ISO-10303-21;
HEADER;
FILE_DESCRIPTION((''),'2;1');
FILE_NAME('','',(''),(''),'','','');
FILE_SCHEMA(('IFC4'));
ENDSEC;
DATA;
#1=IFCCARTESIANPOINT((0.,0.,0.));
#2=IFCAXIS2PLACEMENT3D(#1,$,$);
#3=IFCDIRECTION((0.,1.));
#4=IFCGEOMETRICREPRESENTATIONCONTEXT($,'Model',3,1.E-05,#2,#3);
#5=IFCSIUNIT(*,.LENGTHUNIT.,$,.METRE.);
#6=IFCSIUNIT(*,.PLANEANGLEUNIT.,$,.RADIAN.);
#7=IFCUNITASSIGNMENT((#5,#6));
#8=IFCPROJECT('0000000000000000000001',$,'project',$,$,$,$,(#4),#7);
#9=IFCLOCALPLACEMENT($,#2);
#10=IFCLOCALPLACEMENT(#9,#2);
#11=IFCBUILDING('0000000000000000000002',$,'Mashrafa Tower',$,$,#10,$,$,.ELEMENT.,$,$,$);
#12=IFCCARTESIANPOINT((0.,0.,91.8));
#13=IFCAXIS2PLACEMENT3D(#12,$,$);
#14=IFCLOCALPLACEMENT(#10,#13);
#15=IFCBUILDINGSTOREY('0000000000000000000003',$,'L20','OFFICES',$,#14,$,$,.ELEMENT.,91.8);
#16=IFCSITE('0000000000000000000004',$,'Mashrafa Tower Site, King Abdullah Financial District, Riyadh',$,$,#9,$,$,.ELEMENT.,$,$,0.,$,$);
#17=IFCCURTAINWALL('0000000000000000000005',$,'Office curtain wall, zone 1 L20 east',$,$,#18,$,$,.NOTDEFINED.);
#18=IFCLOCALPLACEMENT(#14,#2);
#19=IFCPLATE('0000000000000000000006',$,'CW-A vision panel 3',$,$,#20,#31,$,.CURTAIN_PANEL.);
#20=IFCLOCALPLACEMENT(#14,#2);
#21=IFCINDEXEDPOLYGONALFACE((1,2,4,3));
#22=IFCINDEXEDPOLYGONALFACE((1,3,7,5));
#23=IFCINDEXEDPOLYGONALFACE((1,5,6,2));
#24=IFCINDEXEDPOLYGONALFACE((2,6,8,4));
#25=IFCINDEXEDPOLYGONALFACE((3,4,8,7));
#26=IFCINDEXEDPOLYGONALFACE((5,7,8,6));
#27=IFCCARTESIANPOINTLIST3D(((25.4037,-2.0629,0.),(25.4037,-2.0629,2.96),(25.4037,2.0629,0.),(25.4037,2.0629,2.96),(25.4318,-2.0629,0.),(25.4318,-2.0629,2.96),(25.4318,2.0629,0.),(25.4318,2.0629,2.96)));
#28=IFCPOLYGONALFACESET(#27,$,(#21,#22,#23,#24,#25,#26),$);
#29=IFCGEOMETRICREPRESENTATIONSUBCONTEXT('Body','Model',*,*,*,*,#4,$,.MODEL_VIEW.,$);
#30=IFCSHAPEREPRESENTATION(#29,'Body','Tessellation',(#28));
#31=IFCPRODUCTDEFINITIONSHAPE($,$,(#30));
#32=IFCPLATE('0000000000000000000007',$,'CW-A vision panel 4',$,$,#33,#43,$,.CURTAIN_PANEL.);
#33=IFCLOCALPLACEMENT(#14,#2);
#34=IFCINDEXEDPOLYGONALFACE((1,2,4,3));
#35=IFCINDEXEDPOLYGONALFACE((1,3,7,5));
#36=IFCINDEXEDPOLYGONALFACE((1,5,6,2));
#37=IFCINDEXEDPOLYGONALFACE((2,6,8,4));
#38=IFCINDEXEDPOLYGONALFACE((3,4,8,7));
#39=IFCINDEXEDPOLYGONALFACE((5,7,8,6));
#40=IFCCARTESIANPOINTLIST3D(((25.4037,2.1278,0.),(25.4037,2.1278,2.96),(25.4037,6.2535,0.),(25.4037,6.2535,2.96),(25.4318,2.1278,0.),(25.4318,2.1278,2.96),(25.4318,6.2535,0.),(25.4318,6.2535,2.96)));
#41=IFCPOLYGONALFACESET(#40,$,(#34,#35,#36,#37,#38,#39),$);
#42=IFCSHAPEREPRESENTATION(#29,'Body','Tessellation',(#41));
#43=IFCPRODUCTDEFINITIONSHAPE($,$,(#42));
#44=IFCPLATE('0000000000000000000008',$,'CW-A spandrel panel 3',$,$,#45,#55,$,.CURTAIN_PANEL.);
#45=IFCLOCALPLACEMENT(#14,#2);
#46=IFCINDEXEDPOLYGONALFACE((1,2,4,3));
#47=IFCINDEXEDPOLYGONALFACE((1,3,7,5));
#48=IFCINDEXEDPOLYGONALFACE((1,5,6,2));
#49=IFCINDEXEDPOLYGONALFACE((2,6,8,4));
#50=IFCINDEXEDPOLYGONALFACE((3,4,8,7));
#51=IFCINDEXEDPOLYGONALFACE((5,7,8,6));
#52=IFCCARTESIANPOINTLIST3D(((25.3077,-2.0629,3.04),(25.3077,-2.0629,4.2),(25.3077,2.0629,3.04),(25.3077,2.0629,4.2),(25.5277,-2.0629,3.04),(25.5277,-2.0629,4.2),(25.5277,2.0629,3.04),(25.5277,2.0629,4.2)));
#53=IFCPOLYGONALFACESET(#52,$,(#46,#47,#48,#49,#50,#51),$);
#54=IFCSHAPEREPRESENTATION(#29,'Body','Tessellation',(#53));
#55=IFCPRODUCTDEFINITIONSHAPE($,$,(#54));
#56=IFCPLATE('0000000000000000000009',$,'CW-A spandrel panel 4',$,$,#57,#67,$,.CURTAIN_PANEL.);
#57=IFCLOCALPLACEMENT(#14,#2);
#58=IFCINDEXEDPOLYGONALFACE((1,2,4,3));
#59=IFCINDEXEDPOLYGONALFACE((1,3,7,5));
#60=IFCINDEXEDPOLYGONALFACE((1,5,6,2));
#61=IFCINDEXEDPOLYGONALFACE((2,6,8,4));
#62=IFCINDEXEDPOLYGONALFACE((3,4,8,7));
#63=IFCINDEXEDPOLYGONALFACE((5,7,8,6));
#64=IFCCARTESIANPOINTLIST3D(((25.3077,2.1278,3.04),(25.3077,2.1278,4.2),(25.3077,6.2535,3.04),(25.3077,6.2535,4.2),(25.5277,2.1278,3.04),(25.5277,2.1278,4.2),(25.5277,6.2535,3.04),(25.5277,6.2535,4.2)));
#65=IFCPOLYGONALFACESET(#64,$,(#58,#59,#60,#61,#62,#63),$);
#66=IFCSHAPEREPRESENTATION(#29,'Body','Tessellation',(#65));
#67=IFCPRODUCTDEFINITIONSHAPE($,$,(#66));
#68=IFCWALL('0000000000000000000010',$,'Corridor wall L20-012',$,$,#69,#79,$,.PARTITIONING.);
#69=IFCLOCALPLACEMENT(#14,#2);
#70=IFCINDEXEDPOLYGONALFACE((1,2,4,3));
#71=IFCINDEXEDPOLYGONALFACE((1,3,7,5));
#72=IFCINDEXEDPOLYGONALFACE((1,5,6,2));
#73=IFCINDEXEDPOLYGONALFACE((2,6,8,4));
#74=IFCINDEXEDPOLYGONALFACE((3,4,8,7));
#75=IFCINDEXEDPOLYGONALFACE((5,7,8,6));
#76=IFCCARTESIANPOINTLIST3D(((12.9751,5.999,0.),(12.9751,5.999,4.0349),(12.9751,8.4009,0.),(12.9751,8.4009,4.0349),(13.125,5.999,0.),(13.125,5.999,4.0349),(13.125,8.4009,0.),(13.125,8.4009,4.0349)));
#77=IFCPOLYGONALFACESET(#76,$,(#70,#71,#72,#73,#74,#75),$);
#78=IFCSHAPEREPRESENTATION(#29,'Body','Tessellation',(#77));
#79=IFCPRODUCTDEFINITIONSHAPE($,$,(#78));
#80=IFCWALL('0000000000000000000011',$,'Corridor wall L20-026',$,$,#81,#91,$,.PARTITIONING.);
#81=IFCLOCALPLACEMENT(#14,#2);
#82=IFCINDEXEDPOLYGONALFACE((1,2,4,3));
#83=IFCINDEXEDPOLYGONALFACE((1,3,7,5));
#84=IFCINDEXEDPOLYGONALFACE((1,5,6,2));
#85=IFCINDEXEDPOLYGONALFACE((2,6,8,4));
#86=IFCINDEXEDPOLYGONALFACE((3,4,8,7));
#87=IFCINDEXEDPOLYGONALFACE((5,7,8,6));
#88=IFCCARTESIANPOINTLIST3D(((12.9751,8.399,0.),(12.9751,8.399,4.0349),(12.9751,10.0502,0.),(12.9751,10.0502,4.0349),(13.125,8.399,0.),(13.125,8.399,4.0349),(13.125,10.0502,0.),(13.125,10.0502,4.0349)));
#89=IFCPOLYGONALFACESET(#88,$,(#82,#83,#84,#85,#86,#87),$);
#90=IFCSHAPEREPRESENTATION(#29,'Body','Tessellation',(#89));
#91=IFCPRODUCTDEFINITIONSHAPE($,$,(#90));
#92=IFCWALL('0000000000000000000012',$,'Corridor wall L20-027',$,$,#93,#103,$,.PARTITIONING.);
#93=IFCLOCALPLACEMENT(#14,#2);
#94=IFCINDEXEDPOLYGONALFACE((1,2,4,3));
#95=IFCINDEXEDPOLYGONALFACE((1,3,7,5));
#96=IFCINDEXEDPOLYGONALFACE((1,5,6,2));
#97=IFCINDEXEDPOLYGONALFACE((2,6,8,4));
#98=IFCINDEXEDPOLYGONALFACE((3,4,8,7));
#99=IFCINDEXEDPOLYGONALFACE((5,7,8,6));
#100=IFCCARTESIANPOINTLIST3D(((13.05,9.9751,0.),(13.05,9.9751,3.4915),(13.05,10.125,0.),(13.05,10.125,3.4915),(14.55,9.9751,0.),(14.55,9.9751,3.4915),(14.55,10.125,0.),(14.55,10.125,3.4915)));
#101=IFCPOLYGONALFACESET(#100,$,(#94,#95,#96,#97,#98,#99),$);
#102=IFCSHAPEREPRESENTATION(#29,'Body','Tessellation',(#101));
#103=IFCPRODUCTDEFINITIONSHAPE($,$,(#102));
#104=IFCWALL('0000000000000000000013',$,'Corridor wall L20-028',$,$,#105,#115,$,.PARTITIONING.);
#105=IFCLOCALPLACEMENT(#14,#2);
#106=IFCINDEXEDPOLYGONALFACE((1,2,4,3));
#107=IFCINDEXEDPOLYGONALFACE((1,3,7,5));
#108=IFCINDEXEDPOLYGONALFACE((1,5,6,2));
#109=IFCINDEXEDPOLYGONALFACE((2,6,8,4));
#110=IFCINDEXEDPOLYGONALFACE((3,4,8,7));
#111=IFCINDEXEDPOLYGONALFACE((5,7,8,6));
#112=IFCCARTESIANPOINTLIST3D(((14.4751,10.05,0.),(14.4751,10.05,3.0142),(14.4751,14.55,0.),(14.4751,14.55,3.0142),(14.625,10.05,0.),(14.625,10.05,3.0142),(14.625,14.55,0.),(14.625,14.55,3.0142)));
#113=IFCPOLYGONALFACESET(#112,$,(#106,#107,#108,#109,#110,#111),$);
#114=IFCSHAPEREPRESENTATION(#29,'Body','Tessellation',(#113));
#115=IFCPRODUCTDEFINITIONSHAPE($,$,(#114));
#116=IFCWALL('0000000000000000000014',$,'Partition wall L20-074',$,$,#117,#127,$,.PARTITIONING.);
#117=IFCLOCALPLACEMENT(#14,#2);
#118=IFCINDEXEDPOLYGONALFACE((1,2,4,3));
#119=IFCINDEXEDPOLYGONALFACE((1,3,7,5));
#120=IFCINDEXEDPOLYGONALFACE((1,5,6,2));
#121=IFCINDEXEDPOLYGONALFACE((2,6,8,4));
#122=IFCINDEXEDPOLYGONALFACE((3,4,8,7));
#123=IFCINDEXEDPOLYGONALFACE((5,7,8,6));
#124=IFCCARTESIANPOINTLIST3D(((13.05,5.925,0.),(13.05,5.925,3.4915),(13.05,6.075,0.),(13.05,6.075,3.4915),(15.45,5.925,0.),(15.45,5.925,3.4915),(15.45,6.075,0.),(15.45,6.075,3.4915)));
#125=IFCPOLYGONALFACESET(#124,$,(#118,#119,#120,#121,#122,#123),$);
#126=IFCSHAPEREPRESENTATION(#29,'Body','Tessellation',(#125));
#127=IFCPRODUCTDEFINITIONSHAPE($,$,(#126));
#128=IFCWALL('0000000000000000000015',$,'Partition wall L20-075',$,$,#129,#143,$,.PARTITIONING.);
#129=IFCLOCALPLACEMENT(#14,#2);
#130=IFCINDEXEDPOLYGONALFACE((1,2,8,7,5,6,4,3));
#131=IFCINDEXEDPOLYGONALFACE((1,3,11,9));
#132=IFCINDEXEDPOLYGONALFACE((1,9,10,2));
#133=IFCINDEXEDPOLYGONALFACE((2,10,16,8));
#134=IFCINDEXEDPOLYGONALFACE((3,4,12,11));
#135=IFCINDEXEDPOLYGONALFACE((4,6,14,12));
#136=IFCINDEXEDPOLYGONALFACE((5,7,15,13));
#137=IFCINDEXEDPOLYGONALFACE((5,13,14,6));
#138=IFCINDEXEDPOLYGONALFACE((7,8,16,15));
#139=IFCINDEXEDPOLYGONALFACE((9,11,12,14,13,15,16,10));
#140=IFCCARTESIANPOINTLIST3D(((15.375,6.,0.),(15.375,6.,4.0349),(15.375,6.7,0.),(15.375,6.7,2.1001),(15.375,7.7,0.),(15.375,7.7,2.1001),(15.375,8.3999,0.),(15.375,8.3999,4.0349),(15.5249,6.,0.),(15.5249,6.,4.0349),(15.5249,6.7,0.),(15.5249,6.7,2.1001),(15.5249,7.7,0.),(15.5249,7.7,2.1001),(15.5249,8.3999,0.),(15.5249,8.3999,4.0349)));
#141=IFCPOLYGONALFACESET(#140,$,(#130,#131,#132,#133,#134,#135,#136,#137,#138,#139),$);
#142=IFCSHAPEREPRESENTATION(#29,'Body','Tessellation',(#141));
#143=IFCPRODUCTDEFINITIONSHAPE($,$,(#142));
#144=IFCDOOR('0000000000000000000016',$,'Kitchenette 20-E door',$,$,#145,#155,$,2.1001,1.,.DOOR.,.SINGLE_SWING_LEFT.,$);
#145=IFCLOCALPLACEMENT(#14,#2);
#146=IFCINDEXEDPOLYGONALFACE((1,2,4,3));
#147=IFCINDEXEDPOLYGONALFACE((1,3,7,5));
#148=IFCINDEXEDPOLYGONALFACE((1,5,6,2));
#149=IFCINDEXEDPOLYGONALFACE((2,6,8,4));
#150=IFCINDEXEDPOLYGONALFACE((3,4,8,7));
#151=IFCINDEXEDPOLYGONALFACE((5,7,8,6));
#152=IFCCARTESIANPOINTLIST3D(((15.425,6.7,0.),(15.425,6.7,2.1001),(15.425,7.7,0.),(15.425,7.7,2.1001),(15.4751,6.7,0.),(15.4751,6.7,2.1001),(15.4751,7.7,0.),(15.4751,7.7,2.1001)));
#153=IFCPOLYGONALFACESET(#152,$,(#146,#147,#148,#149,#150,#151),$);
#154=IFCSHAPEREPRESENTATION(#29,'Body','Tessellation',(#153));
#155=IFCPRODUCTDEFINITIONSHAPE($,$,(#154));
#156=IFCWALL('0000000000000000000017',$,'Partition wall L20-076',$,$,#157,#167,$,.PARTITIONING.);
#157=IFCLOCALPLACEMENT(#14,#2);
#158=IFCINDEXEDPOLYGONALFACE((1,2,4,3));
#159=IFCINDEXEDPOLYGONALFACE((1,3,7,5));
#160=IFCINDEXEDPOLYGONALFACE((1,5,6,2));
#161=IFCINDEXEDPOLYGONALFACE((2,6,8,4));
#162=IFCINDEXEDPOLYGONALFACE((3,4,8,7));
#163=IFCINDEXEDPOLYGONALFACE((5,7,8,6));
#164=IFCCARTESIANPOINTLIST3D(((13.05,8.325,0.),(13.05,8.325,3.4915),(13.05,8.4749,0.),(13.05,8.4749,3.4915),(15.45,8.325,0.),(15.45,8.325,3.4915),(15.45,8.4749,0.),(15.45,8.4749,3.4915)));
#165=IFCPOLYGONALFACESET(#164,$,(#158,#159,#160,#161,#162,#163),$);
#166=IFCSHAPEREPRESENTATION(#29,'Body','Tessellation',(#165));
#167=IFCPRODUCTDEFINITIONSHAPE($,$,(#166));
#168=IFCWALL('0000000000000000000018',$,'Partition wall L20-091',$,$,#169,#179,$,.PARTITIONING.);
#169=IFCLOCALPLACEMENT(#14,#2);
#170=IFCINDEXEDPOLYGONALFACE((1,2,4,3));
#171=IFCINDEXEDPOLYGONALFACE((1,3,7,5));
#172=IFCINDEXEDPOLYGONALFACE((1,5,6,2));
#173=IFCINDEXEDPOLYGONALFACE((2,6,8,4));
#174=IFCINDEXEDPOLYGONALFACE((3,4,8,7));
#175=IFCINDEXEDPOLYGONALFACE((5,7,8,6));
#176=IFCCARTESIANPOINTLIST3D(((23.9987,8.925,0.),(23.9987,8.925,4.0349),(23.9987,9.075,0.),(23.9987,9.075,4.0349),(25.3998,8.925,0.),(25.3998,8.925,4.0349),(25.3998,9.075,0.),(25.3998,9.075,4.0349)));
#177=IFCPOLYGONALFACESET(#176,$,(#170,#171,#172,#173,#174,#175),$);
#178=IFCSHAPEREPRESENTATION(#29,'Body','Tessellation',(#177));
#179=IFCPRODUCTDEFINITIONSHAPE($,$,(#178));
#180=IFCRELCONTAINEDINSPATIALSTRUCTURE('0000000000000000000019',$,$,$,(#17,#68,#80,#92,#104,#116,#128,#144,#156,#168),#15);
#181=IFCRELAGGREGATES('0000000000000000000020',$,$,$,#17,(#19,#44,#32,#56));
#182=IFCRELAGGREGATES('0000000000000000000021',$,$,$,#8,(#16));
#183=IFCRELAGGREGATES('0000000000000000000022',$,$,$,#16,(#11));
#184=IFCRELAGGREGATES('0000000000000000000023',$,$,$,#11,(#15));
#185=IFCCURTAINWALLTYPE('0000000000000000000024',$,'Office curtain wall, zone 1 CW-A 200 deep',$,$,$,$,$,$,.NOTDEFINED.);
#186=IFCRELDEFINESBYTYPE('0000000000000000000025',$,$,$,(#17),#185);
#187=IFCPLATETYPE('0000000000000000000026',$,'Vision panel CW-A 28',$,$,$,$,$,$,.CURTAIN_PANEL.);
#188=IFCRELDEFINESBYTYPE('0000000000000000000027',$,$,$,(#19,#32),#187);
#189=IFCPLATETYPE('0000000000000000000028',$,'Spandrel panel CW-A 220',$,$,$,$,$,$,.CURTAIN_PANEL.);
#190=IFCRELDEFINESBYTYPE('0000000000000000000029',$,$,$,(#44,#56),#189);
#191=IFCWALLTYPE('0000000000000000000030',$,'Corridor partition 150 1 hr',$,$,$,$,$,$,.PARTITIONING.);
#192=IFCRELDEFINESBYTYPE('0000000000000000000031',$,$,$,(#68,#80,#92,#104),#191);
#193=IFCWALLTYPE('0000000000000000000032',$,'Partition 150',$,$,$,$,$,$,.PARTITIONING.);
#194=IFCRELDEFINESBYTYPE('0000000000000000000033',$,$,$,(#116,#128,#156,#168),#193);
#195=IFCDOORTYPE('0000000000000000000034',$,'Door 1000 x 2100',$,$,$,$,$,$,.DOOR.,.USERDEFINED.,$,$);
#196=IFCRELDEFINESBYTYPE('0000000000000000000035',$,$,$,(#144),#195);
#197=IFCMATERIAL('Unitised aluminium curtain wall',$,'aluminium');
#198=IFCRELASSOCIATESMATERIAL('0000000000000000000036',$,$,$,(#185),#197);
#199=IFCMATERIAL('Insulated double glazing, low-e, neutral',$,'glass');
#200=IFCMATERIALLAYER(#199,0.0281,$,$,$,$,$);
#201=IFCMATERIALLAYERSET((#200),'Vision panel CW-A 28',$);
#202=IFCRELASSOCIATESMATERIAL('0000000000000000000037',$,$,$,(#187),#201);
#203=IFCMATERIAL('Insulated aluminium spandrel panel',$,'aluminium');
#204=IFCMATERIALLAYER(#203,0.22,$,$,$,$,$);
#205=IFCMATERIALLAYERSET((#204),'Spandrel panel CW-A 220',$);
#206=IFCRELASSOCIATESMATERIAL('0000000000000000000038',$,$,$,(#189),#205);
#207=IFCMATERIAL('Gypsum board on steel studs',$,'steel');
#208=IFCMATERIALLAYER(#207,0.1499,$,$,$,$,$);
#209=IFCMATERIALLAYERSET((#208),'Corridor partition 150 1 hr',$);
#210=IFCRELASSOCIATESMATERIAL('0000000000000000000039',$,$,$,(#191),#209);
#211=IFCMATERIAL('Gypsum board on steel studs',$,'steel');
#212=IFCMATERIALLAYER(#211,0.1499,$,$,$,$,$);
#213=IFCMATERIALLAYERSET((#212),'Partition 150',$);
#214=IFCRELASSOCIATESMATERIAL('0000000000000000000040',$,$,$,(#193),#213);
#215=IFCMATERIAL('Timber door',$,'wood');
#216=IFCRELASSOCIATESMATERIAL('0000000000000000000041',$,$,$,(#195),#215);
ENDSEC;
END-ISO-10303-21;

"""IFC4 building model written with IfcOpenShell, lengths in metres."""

from ifc_helpers import new_model, si_unit, direction, frame, frame_2d, origin, origin_2d, place, context, subcontext, project, spatial, rectangle, extrude, source, transform, mapped, material, layer, layer_set, type_object, element, fill, aggregate, save


model = new_model("IFC4")

# Units and contexts
model_context = context("Model", 3, precision=1e-05, world=origin(), true_north=direction((0.0, 1.0)))
body_context = subcontext(model_context, "Body", "Model", "MODEL_VIEW")
ifc_project = project(units=[si_unit("LENGTHUNIT", "METRE"), si_unit("PLANEANGLEUNIT", "RADIAN")], contexts=[model_context])

# Site, building, storey
site_placement = place(None, origin())
site = spatial("IfcSite", under=ifc_project, at=site_placement, Name="Mashrafa Tower Site, King Abdullah Financial District, Riyadh", CompositionType="ELEMENT", RefElevation=0.0)
building_placement = place(site_placement, origin())
building = spatial("IfcBuilding", under=site, at=building_placement, Name="Mashrafa Tower", CompositionType="ELEMENT")
storey_placement = place(building_placement, frame((0.0, 0.0, 91.8)))
storey = spatial("IfcBuildingStorey", under=building, at=storey_placement, Name="L20", Description="OFFICES", CompositionType="ELEMENT", Elevation=91.8)

# Curtain wall, plates
ifc_material_1 = material(Name="Unitised aluminium curtain wall", Category="aluminium")
curtain_wall_type = type_object("IfcCurtainWallType", Name="Office curtain wall, zone 1 CW-A 200 deep", PredefinedType="NOTDEFINED", material=ifc_material_1)
curtain_wall_placement = place(storey_placement, origin())
curtain_wall = element("IfcCurtainWall", 1, at=curtain_wall_placement, inside=storey, type_object=curtain_wall_type, Name="Office curtain wall, zone 1 L20 east", PredefinedType="NOTDEFINED")
ifc_material_2 = material(Name="Insulated double glazing, low-e, neutral", Category="glass")
ifc_layer_1 = layer(ifc_material_2, 0.0281)
ifc_layer_set_1 = layer_set([ifc_layer_1], Name="Vision panel CW-A 28")
plate_type_1 = type_object("IfcPlateType", Name="Vision panel CW-A 28", PredefinedType="CURTAIN_PANEL", material=ifc_layer_set_1)
ifc_material_3 = material(Name="Insulated aluminium spandrel panel", Category="aluminium")
ifc_layer_2 = layer(ifc_material_3, 0.22)
ifc_layer_set_2 = layer_set([ifc_layer_2], Name="Spandrel panel CW-A 220")
plate_type_2 = type_object("IfcPlateType", Name="Spandrel panel CW-A 220", PredefinedType="CURTAIN_PANEL", material=ifc_layer_set_2)
shared_shape_1 = source(origin(), body_context, "Body", "SweptSolid", [
    extrude(rectangle(XDim=4.1257, YDim=0.0281, at=origin_2d()), origin(), (0.0, 0.0, 1.0), 2.96),
])
plate_1_placement = place(storey_placement, frame((25.4177, 0.0, 0.0), z_axis=(0.0, 0.0, 1.0), x_axis=(0.0, 1.0, 0.0)))
plate_1 = element("IfcPlate", 2, at=plate_1_placement, type_object=plate_type_1, Name="CW-A vision panel 3", PredefinedType="CURTAIN_PANEL", context=body_context, shape_type="MappedRepresentation", body=[
    mapped(shared_shape_1, transform((0.0, 0.0, 0.0))),
])
plate_2_placement = place(storey_placement, frame((25.4177, 4.1907, 0.0), z_axis=(0.0, 0.0, 1.0), x_axis=(0.0, 1.0, 0.0)))
plate_2 = element("IfcPlate", 3, at=plate_2_placement, type_object=plate_type_1, Name="CW-A vision panel 4", PredefinedType="CURTAIN_PANEL", context=body_context, shape_type="MappedRepresentation", body=[
    mapped(shared_shape_1, transform((0.0, 0.0, 0.0))),
])
shared_shape_2 = source(origin(), body_context, "Body", "SweptSolid", [
    extrude(rectangle(XDim=4.1257, YDim=0.22, at=origin_2d()), origin(), (0.0, 0.0, 1.0), 1.1599),
])
plate_3_placement = place(storey_placement, frame((25.4177, 0.0, 3.04), z_axis=(0.0, 0.0, 1.0), x_axis=(0.0, 1.0, 0.0)))
plate_3 = element("IfcPlate", 4, at=plate_3_placement, type_object=plate_type_2, Name="CW-A spandrel panel 3", PredefinedType="CURTAIN_PANEL", context=body_context, shape_type="MappedRepresentation", body=[
    mapped(shared_shape_2, transform((0.0, 0.0, 0.0))),
])
plate_4_placement = place(storey_placement, frame((25.4177, 4.1907, 3.04), z_axis=(0.0, 0.0, 1.0), x_axis=(0.0, 1.0, 0.0)))
plate_4 = element("IfcPlate", 5, at=plate_4_placement, type_object=plate_type_2, Name="CW-A spandrel panel 4", PredefinedType="CURTAIN_PANEL", context=body_context, shape_type="MappedRepresentation", body=[
    mapped(shared_shape_2, transform((0.0, 0.0, 0.0))),
])
aggregate(curtain_wall, [plate_1, plate_3, plate_2, plate_4])

# Walls
ifc_material_4 = material(Name="Gypsum board on steel studs", Category="steel")
ifc_layer_3 = layer(ifc_material_4, 0.1499)
ifc_layer_set_3 = layer_set([ifc_layer_3], Name="Corridor partition 150 1 hr")
wall_type_1 = type_object("IfcWallType", Name="Corridor partition 150 1 hr", PredefinedType="PARTITIONING", material=ifc_layer_set_3)
wall_1_placement = place(storey_placement, frame((13.05, 5.999, 0.0), z_axis=(0.0, 0.0, 1.0), x_axis=(0.0, 1.0, 0.0)))
element("IfcWall", 6, at=wall_1_placement, inside=storey, type_object=wall_type_1, Name="Corridor wall L20-012", PredefinedType="PARTITIONING", context=body_context, shape_type="SweptSolid", body=[
    extrude(rectangle(XDim=2.4019, YDim=0.1499, at=frame_2d((1.2009, 0.0))), origin(), (0.0, 0.0, 1.0), 4.0349),
])
wall_2_placement = place(storey_placement, frame((13.05, 8.3989, 0.0), z_axis=(0.0, 0.0, 1.0), x_axis=(0.0, 1.0, 0.0)))
element("IfcWall", 7, at=wall_2_placement, inside=storey, type_object=wall_type_1, Name="Corridor wall L20-026", PredefinedType="PARTITIONING", context=body_context, shape_type="SweptSolid", body=[
    extrude(rectangle(XDim=1.6511, YDim=0.1499, at=frame_2d((0.8257, 0.0))), origin(), (0.0, 0.0, 1.0), 4.0349),
])
wall_3_placement = place(storey_placement, frame((13.05, 10.05, 0.0), z_axis=(0.0, 0.0, 1.0), x_axis=(1.0, 0.0, 0.0)))
element("IfcWall", 8, at=wall_3_placement, inside=storey, type_object=wall_type_1, Name="Corridor wall L20-027", PredefinedType="PARTITIONING", context=body_context, shape_type="SweptSolid", body=[
    extrude(rectangle(XDim=1.5, YDim=0.1499, at=frame_2d((0.75, 0.0))), origin(), (0.0, 0.0, 1.0), 3.4915),
])
wall_4_placement = place(storey_placement, frame((14.55, 10.05, 0.0), z_axis=(0.0, 0.0, 1.0), x_axis=(0.0, 1.0, 0.0)))
element("IfcWall", 9, at=wall_4_placement, inside=storey, type_object=wall_type_1, Name="Corridor wall L20-028", PredefinedType="PARTITIONING", context=body_context, shape_type="SweptSolid", body=[
    extrude(rectangle(XDim=4.5, YDim=0.1499, at=frame_2d((2.25, 0.0))), origin(), (0.0, 0.0, 1.0), 3.0142),
])
ifc_material_5 = material(Name="Gypsum board on steel studs", Category="steel")
ifc_layer_4 = layer(ifc_material_5, 0.1499)
ifc_layer_set_4 = layer_set([ifc_layer_4], Name="Partition 150")
wall_type_2 = type_object("IfcWallType", Name="Partition 150", PredefinedType="PARTITIONING", material=ifc_layer_set_4)
wall_5_placement = place(storey_placement, frame((13.05, 6.0, 0.0), z_axis=(0.0, 0.0, 1.0), x_axis=(1.0, 0.0, 0.0)))
element("IfcWall", 10, at=wall_5_placement, inside=storey, type_object=wall_type_2, Name="Partition wall L20-074", PredefinedType="PARTITIONING", context=body_context, shape_type="SweptSolid", body=[
    extrude(rectangle(XDim=2.3999, YDim=0.1499, at=frame_2d((1.2, 0.0))), origin(), (0.0, 0.0, 1.0), 3.4915),
])

# Wall, opening, door
wall_6_placement = place(storey_placement, frame((15.45, 6.0, 0.0), z_axis=(0.0, 0.0, 1.0), x_axis=(0.0, 1.0, 0.0)))
wall_6 = element("IfcWall", 11, at=wall_6_placement, inside=storey, type_object=wall_type_2, Name="Partition wall L20-075", PredefinedType="PARTITIONING", context=body_context, shape_type="SweptSolid", body=[
    extrude(rectangle(XDim=2.3999, YDim=0.1499, at=frame_2d((1.2, 0.0))), origin(), (0.0, 0.0, 1.0), 4.0349),
])
opening_1_placement = place(wall_6_placement, frame((0.7, 0.0, 0.0)))
opening_1 = element("IfcOpeningElement", 12, at=opening_1_placement, cuts=wall_6, PredefinedType="OPENING", context=body_context, shape_type="SweptSolid", body=[
    extrude(rectangle(XDim=1.0, YDim=2.1001, at=frame_2d((0.5, 1.05))), frame((0.0, 0.085, 0.0), z_axis=(0.0, -1.0, 0.0), x_axis=(1.0, 0.0, 0.0)), (0.0, 0.0, 1.0), 0.1699),
])
ifc_material_6 = material(Name="Timber door", Category="wood")
door_type = type_object("IfcDoorType", Name="Door 1000 x 2100", OperationType="USERDEFINED", PredefinedType="DOOR", material=ifc_material_6)
door_1_placement = place(opening_1_placement, origin())
door_1 = element("IfcDoor", 13, at=door_1_placement, inside=storey, type_object=door_type, Name="Kitchenette 20-E door", OperationType="SINGLE_SWING_LEFT", OverallHeight=2.1001, OverallWidth=1.0, PredefinedType="DOOR", context=body_context, shape_type="SweptSolid", body=[
    extrude(rectangle(XDim=1.0, YDim=2.1001, at=frame_2d((0.5, 1.05))), frame((0.0, 0.0249, 0.0), z_axis=(0.0, -1.0, 0.0), x_axis=(1.0, 0.0, 0.0)), (0.0, 0.0, 1.0), 0.05),
])
fill(opening_1, door_1)

# Walls
wall_7_placement = place(storey_placement, frame((15.45, 8.3999, 0.0), z_axis=(0.0, 0.0, 1.0), x_axis=(-1.0, 0.0, 0.0)))
element("IfcWall", 14, at=wall_7_placement, inside=storey, type_object=wall_type_2, Name="Partition wall L20-076", PredefinedType="PARTITIONING", context=body_context, shape_type="SweptSolid", body=[
    extrude(rectangle(XDim=2.3999, YDim=0.1499, at=frame_2d((1.2, 0.0))), origin(), (0.0, 0.0, 1.0), 3.4915),
])
wall_8_placement = place(storey_placement, frame((25.3999, 9.0, 0.0), z_axis=(0.0, 0.0, 1.0), x_axis=(-1.0, 0.0, 0.0)))
element("IfcWall", 15, at=wall_8_placement, inside=storey, type_object=wall_type_2, Name="Partition wall L20-091", PredefinedType="PARTITIONING", context=body_context, shape_type="SweptSolid", body=[
    extrude(rectangle(XDim=1.4011, YDim=0.1499, at=frame_2d((0.7007, 0.0))), origin(), (0.0, 0.0, 1.0), 4.0349),
])

save(model, "model.ifc")
